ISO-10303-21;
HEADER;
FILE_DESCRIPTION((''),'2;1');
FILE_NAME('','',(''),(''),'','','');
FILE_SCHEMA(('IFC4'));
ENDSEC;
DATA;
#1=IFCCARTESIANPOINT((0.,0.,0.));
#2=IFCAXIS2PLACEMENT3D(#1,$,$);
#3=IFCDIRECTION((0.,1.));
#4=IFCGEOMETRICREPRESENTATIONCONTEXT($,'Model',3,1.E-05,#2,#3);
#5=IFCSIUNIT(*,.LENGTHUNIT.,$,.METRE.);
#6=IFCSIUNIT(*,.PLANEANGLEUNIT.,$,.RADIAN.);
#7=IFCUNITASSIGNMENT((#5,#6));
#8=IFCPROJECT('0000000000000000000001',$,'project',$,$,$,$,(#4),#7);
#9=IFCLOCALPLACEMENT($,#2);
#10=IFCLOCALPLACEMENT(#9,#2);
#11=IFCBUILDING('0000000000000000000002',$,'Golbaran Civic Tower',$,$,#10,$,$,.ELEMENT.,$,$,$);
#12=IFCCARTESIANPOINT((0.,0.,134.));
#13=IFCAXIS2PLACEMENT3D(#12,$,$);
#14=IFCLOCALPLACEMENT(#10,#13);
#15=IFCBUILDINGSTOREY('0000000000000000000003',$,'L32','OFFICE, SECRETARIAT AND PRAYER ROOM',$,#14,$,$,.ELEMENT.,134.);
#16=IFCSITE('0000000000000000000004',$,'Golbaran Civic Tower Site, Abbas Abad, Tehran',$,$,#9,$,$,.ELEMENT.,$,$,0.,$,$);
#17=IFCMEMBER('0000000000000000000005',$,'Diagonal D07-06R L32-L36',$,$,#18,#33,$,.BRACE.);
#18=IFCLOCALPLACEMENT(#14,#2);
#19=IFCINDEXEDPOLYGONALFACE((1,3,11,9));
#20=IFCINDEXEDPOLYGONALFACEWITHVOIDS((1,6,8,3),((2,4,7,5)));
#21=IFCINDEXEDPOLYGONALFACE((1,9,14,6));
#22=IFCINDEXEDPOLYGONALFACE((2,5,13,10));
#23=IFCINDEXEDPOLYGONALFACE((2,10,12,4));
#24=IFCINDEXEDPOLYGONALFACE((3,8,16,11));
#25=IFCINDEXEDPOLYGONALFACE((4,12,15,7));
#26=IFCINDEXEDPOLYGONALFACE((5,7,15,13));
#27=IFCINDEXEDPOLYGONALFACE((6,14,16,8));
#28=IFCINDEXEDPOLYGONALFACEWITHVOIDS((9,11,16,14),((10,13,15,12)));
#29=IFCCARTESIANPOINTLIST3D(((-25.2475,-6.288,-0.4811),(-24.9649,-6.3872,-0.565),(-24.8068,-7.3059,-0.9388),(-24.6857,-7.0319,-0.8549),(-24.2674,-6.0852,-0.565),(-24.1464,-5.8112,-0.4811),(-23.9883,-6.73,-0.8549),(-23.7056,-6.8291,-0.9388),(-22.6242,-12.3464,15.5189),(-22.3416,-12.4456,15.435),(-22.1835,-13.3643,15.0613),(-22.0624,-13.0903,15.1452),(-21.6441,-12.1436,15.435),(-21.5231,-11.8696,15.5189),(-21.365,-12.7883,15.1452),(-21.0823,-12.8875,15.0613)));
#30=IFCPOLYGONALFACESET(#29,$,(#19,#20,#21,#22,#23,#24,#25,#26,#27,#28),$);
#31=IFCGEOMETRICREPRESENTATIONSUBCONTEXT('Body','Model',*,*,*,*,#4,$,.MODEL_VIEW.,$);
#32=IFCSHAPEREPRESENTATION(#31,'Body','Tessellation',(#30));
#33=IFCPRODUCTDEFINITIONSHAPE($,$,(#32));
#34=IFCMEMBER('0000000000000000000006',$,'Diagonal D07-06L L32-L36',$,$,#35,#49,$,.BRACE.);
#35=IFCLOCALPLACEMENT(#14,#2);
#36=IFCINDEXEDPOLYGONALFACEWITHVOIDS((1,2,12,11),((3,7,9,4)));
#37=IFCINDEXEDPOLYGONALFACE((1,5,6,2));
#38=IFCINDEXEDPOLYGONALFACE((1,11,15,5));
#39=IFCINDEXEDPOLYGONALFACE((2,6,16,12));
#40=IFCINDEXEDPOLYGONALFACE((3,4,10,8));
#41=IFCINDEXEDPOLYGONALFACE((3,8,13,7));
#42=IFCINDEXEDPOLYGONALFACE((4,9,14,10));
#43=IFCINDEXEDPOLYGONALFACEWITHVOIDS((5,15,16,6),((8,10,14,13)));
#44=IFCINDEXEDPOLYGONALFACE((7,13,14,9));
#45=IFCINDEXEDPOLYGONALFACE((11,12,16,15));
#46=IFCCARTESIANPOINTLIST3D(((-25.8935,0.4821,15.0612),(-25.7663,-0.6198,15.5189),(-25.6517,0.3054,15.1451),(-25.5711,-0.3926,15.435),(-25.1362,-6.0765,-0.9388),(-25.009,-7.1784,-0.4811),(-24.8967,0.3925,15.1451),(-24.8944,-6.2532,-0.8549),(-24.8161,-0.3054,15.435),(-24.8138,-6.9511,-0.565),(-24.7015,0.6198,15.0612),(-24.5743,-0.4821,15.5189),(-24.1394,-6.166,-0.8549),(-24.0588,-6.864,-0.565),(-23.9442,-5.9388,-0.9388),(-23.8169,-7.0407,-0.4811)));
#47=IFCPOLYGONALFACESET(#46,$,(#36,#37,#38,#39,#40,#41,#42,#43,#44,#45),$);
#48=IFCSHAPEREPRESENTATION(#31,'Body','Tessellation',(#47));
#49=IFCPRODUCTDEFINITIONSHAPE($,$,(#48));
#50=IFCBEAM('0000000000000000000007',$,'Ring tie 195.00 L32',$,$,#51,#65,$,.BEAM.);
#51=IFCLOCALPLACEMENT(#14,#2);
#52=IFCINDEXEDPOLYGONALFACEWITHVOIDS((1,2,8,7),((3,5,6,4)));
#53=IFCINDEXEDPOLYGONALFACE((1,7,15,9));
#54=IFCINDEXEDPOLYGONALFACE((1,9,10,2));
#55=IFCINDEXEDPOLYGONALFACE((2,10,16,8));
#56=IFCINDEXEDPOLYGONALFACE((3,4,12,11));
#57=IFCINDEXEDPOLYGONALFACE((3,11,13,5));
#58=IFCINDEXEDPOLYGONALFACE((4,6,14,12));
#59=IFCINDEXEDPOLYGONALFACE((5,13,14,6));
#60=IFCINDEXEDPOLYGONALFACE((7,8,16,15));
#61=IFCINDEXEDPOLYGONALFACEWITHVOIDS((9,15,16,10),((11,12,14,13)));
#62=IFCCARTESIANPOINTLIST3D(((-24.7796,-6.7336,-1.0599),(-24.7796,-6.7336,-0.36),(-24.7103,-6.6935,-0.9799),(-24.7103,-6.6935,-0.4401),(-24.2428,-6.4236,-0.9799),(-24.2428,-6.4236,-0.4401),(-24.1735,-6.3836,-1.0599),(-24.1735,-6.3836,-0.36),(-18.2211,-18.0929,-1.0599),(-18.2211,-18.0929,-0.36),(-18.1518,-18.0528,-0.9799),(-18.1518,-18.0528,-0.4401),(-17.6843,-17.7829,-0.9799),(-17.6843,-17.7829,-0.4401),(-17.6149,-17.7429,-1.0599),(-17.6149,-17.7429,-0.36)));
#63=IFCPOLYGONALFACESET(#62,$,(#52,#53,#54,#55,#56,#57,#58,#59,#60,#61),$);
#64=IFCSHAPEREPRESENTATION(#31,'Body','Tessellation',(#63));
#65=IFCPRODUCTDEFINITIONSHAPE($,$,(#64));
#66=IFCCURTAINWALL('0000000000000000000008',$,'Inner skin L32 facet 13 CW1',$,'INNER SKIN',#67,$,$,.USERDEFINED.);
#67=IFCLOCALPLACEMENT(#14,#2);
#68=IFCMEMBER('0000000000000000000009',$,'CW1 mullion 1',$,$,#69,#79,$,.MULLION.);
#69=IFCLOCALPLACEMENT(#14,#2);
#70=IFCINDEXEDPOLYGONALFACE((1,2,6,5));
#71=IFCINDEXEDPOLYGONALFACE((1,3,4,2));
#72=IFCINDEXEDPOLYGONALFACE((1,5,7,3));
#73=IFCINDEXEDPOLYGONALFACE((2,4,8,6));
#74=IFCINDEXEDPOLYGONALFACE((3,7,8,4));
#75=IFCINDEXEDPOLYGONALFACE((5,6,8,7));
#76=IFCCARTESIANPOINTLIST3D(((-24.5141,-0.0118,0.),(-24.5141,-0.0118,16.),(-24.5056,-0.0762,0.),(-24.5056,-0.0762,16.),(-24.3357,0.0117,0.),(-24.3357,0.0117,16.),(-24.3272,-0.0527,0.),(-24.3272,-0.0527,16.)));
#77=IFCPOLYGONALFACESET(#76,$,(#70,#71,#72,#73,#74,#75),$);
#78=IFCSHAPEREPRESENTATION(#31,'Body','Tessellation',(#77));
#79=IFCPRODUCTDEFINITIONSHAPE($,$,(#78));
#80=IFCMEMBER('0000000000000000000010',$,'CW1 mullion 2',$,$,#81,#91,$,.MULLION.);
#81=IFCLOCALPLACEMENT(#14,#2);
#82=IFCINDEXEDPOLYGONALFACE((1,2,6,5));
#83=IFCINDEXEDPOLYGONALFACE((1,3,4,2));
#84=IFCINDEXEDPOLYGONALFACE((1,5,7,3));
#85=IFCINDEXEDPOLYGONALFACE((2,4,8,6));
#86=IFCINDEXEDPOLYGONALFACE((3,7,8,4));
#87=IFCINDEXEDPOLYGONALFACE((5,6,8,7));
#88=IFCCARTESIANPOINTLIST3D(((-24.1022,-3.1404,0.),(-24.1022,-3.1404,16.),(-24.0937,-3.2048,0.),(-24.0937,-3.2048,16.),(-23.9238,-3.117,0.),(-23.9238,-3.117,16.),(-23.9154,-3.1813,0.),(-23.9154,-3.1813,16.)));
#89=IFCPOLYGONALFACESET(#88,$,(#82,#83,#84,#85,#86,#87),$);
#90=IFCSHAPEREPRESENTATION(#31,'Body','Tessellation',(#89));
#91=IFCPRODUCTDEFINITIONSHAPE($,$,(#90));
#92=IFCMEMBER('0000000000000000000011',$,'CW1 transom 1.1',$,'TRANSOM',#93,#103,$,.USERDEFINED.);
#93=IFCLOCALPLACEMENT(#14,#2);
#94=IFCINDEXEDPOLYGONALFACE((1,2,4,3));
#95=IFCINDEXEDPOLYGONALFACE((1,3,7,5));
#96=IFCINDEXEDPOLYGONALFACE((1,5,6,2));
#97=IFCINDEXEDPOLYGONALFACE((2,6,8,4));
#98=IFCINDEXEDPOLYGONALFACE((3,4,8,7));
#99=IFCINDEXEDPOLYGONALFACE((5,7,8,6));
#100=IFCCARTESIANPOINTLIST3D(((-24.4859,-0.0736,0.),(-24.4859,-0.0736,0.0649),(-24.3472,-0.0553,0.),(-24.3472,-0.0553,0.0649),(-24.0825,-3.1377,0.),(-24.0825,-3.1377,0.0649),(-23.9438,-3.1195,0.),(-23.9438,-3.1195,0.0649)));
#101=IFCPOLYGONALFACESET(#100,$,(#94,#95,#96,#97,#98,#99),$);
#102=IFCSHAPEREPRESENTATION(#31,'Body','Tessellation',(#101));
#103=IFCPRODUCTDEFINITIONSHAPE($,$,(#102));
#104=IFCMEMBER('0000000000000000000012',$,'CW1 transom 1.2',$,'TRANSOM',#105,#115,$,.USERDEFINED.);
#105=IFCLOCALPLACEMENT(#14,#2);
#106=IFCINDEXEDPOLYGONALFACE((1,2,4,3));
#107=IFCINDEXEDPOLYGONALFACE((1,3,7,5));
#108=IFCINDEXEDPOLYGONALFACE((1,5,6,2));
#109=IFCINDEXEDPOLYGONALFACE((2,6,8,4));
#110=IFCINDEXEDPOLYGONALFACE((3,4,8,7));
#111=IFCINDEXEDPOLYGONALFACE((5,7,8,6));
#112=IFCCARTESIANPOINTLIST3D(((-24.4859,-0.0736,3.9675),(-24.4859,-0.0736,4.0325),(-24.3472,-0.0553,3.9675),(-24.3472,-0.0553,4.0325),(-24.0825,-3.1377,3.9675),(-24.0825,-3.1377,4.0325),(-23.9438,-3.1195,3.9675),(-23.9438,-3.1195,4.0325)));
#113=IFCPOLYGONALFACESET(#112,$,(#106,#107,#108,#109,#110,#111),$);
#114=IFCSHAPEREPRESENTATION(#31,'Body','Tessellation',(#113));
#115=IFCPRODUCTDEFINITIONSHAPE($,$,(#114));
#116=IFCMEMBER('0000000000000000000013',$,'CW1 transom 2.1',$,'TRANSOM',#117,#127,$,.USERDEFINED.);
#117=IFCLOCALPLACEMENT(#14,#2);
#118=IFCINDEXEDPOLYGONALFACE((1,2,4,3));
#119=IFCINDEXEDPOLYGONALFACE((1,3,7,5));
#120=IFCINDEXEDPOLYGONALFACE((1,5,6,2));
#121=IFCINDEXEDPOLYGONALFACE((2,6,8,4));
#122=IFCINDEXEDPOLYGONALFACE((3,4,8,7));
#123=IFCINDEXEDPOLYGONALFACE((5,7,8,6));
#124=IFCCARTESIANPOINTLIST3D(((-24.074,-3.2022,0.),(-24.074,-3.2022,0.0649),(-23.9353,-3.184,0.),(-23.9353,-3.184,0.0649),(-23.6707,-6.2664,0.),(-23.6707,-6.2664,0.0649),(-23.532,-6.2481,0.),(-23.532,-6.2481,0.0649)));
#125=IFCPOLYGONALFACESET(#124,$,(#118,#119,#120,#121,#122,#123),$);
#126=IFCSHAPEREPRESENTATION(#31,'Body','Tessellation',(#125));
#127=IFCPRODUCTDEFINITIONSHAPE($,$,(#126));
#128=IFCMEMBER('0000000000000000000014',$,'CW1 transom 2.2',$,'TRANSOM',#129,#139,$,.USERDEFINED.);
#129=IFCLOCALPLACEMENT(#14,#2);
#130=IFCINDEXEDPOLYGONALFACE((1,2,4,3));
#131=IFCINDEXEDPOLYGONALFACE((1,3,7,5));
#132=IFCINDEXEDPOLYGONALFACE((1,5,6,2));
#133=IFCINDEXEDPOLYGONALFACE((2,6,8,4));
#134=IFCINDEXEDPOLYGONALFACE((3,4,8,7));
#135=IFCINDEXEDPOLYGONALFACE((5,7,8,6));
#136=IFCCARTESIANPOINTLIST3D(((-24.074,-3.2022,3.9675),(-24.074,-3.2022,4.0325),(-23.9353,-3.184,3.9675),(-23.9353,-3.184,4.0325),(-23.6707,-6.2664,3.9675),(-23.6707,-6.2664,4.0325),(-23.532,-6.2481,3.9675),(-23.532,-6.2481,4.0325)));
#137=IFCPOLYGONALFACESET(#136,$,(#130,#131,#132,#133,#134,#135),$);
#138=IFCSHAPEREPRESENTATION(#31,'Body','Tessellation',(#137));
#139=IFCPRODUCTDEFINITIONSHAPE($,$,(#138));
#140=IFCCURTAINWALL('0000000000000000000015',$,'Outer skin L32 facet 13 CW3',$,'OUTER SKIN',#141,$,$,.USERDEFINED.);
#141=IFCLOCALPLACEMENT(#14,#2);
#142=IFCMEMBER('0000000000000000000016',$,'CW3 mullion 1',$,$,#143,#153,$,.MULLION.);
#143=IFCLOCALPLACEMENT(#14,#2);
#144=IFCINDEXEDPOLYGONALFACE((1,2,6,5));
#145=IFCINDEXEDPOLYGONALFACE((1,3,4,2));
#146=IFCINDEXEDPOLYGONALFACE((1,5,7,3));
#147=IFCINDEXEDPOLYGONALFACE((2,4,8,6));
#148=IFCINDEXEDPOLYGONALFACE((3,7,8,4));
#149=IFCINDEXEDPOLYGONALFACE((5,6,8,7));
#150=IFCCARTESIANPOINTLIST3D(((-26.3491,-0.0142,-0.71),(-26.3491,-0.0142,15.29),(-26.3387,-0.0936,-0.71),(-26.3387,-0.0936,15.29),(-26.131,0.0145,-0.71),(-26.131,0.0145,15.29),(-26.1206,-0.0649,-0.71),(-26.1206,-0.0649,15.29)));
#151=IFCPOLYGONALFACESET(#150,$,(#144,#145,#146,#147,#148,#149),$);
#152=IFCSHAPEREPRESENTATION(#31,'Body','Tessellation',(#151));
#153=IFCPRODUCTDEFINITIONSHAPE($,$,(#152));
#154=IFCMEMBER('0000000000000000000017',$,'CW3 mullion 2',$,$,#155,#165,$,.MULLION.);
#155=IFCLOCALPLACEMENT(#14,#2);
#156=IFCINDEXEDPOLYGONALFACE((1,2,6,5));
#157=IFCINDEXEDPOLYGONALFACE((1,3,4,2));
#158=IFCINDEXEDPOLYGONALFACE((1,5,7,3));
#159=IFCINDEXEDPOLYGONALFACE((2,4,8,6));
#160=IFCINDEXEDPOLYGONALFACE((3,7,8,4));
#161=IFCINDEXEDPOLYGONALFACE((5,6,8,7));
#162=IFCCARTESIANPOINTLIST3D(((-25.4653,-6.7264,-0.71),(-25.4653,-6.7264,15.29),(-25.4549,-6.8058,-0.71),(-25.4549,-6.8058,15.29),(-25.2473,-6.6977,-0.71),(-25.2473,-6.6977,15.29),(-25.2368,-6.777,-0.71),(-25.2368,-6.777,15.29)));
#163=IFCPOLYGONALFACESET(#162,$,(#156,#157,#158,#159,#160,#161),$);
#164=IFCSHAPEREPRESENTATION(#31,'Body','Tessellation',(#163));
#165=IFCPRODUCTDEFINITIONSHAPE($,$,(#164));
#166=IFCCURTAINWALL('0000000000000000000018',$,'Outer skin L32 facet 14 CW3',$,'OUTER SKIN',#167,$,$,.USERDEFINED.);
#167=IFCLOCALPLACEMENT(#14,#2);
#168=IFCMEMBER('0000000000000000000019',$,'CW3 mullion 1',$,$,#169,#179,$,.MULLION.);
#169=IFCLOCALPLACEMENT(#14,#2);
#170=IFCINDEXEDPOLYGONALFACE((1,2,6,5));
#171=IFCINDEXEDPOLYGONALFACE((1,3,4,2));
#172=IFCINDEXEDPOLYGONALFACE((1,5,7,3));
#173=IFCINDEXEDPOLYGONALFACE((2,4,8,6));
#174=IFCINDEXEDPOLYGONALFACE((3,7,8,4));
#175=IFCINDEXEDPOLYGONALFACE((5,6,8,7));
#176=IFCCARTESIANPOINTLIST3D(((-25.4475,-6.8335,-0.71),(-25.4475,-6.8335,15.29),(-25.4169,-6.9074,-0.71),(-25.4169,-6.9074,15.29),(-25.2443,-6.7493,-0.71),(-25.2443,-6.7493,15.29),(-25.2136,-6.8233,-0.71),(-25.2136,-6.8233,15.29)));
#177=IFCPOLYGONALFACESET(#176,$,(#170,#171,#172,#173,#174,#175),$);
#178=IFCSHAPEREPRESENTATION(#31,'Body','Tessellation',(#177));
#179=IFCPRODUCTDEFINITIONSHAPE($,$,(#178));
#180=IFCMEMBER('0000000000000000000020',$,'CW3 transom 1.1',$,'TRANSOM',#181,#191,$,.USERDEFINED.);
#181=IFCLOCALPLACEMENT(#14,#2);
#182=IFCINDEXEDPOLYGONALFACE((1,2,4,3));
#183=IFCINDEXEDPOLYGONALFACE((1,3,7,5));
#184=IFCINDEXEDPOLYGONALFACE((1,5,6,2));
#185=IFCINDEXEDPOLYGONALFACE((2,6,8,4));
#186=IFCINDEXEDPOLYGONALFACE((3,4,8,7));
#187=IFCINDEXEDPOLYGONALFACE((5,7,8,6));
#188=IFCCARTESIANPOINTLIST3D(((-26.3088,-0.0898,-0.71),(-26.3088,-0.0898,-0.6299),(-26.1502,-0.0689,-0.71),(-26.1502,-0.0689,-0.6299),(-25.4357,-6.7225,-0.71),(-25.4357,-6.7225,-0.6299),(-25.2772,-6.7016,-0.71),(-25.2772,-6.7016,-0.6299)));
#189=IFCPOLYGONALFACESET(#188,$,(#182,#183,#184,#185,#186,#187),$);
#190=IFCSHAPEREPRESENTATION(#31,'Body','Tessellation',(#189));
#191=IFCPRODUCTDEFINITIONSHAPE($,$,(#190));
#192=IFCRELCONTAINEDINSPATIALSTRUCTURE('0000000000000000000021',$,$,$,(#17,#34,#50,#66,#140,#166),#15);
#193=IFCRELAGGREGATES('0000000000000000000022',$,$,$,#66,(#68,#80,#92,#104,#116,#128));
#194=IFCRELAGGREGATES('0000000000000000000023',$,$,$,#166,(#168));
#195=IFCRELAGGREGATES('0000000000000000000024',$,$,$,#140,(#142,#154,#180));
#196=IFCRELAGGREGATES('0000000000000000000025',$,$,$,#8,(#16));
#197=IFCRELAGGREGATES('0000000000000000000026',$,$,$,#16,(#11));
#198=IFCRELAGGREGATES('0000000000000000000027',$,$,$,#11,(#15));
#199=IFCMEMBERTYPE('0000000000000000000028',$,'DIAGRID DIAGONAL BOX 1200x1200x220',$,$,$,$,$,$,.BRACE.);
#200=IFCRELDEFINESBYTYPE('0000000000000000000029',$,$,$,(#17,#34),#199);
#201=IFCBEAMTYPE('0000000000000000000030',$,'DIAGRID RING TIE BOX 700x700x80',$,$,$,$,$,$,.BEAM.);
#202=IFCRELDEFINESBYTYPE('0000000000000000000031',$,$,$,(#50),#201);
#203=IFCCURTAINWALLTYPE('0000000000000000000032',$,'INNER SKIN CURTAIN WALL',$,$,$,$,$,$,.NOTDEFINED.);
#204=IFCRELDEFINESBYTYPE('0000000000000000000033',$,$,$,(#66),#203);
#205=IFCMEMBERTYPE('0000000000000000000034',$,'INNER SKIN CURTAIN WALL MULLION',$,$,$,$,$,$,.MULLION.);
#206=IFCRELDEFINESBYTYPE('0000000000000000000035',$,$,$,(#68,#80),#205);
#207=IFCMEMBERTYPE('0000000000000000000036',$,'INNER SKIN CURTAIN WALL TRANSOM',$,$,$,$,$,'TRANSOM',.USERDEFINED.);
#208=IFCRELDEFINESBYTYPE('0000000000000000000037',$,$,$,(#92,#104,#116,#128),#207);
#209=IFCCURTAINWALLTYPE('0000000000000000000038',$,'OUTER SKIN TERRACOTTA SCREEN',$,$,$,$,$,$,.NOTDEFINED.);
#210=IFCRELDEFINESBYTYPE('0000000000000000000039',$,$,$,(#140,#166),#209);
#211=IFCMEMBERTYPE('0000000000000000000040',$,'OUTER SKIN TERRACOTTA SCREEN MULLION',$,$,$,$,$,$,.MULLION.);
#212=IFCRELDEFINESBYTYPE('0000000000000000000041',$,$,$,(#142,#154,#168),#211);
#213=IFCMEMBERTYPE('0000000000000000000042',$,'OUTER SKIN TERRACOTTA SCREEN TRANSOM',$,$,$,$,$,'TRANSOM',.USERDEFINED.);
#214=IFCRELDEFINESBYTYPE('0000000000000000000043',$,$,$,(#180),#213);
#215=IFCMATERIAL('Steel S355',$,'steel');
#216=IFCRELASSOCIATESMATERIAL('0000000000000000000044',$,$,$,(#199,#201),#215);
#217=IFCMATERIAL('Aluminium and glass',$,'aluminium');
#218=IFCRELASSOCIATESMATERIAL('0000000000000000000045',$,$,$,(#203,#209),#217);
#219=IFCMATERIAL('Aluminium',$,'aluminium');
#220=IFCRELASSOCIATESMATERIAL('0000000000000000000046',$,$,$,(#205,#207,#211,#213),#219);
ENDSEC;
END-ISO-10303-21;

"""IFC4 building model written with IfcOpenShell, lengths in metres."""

from ifc_helpers import new_model, si_unit, direction, frame, origin, origin_2d, place, context, subcontext, project, spatial, rectangle, hollow_rectangle, extrude, material, material_profile, profile_set, type_object, element, aggregate, save


model = new_model("IFC4")

# Units and contexts
model_context = context("Model", 3, precision=1e-05, world=origin(), true_north=direction((0.0, 1.0)))
body_context = subcontext(model_context, "Body", "Model", "MODEL_VIEW")
ifc_project = project(units=[si_unit("LENGTHUNIT", "METRE"), si_unit("PLANEANGLEUNIT", "RADIAN")], contexts=[model_context])

# Site, building, storey
site_placement = place(None, origin())
site = spatial("IfcSite", under=ifc_project, at=site_placement, Name="Golbaran Civic Tower Site, Abbas Abad, Tehran", CompositionType="ELEMENT", RefElevation=0.0)
building_placement = place(site_placement, origin())
building = spatial("IfcBuilding", under=site, at=building_placement, Name="Golbaran Civic Tower", CompositionType="ELEMENT")
storey_placement = place(building_placement, frame((0.0, 0.0, 134.0)))
storey = spatial("IfcBuildingStorey", under=building, at=storey_placement, Name="L32", Description="OFFICE, SECRETARIAT AND PRAYER ROOM", CompositionType="ELEMENT", Elevation=134.0)

# Members
ifc_material_1 = material(Name="Steel S355", Category="steel")
ifc_material_profile_1 = material_profile(ifc_material_1, hollow_rectangle(XDim=1.2, YDim=1.2, WallThickness=0.22, at=origin_2d()), Name="BOX 1200x1200x220")
ifc_profile_set_1 = profile_set([ifc_material_profile_1], Name="Steel S355")
member_type_1 = type_object("IfcMemberType", Name="DIAGRID DIAGONAL BOX 1200x1200x220", PredefinedType="BRACE", material=ifc_profile_set_1)
for number, where, z_axis, x_axis, name in (
    (1, (-24.4766, -6.5586, -0.71), (0.151561, -0.350021, 0.9244), (0.917666, 0.397353, 0.0), "Diagonal D07-06R L32-L36"),
    (2, (-24.4766, -6.5586, -0.71), (-0.043754, 0.37892, 0.924394), (-0.993399, -0.114708, 0.0), "Diagonal D07-06L L32-L36"),
):
    element("IfcMember", number, at=place(storey_placement, frame(where, z_axis=z_axis, x_axis=x_axis)), inside=storey, type_object=member_type_1, Name=name, PredefinedType="BRACE", context=body_context, shape_type="SweptSolid", body=[
        extrude(hollow_rectangle(XDim=1.2, YDim=1.2, WallThickness=0.22, at=origin_2d()), origin(), (0.0, 0.0, 1.0), 17.3086),
    ])

# Beam
ifc_material_profile_2 = material_profile(ifc_material_1, hollow_rectangle(XDim=0.7, YDim=0.7, WallThickness=0.0801, at=origin_2d()), Name="BOX 700x700x80")
ifc_profile_set_2 = profile_set([ifc_material_profile_2], Name="Steel S355")
beam_type = type_object("IfcBeamType", Name="DIAGRID RING TIE BOX 700x700x80", PredefinedType="BEAM", material=ifc_profile_set_2)
beam_placement = place(storey_placement, frame((-24.4766, -6.5586, -0.71), z_axis=(0.500015, -0.866017, 0.0), x_axis=(0.866017, 0.500015, 0.0)))
element("IfcBeam", 3, at=beam_placement, inside=storey, type_object=beam_type, Name="Ring tie 195.00 L32", PredefinedType="BEAM", context=body_context, shape_type="SweptSolid", body=[
    extrude(hollow_rectangle(XDim=0.7, YDim=0.7, WallThickness=0.0801, at=origin_2d()), origin(), (0.0, 0.0, 1.0), 13.1167),
])

# Curtain walls, members
ifc_material_2 = material(Name="Aluminium and glass", Category="aluminium")
curtain_wall_type_1 = type_object("IfcCurtainWallType", Name="INNER SKIN CURTAIN WALL", PredefinedType="NOTDEFINED", material=ifc_material_2)
curtain_wall_1_placement = place(storey_placement, origin())
curtain_wall_1 = element("IfcCurtainWall", 4, at=curtain_wall_1_placement, inside=storey, type_object=curtain_wall_type_1, Name="Inner skin L32 facet 13 CW1", ObjectType="INNER SKIN", PredefinedType="USERDEFINED")
ifc_material_3 = material(Name="Aluminium", Category="aluminium")
ifc_material_profile_3 = material_profile(ifc_material_3, rectangle(XDim=0.1799, YDim=0.0649, at=origin_2d()), Name="INNER SKIN CURTAIN WALL MULLION")
ifc_profile_set_3 = profile_set([ifc_material_profile_3], Name="Aluminium")
member_type_2 = type_object("IfcMemberType", Name="INNER SKIN CURTAIN WALL MULLION", PredefinedType="MULLION", material=ifc_profile_set_3)
member_1_placement = place(storey_placement, frame((-24.4207, -0.0322, 0.0), z_axis=(0.0, 0.0, 1.0), x_axis=(0.991445, 0.130526, 0.0)))
member_1 = element("IfcMember", 5, at=member_1_placement, type_object=member_type_2, Name="CW1 mullion 1", PredefinedType="MULLION", context=body_context, shape_type="SweptSolid", body=[
    extrude(rectangle(XDim=0.1799, YDim=0.0649, at=origin_2d()), origin(), (0.0, 0.0, 1.0), 16.0),
])
member_2_placement = place(storey_placement, frame((-24.0088, -3.1609, 0.0), z_axis=(0.0, 0.0, 1.0), x_axis=(0.991445, 0.130526, 0.0)))
member_2 = element("IfcMember", 6, at=member_2_placement, type_object=member_type_2, Name="CW1 mullion 2", PredefinedType="MULLION", context=body_context, shape_type="SweptSolid", body=[
    extrude(rectangle(XDim=0.1799, YDim=0.0649, at=origin_2d()), origin(), (0.0, 0.0, 1.0), 16.0),
])
ifc_material_profile_4 = material_profile(ifc_material_3, rectangle(XDim=0.1399, YDim=0.0649, at=origin_2d()), Name="INNER SKIN CURTAIN WALL TRANSOM")
ifc_profile_set_4 = profile_set([ifc_material_profile_4], Name="Aluminium")
member_type_3 = type_object("IfcMemberType", Name="INNER SKIN CURTAIN WALL TRANSOM", ElementType="TRANSOM", PredefinedType="USERDEFINED", material=ifc_profile_set_4)
member_3_placement = place(storey_placement, frame((-24.4165, -0.0645, 0.0325), z_axis=(0.130497, -0.991449, 0.0), x_axis=(0.991449, 0.130497, 0.0)))
member_3 = element("IfcMember", 7, at=member_3_placement, type_object=member_type_3, Name="CW1 transom 1.1", ObjectType="TRANSOM", PredefinedType="USERDEFINED", context=body_context, shape_type="SweptSolid", body=[
    extrude(rectangle(XDim=0.1399, YDim=0.0649, at=origin_2d()), origin(), (0.0, 0.0, 1.0), 3.0906),
])
member_4_placement = place(storey_placement, frame((-24.4165, -0.0645, 4.0), z_axis=(0.130497, -0.991449, 0.0), x_axis=(0.991449, 0.130497, 0.0)))
member_4 = element("IfcMember", 8, at=member_4_placement, type_object=member_type_3, Name="CW1 transom 1.2", ObjectType="TRANSOM", PredefinedType="USERDEFINED", context=body_context, shape_type="SweptSolid", body=[
    extrude(rectangle(XDim=0.1399, YDim=0.0649, at=origin_2d()), origin(), (0.0, 0.0, 1.0), 3.0906),
])
member_5_placement = place(storey_placement, frame((-24.0046, -3.1931, 0.0325), z_axis=(0.130497, -0.991449, 0.0), x_axis=(0.991449, 0.130497, 0.0)))
member_5 = element("IfcMember", 9, at=member_5_placement, type_object=member_type_3, Name="CW1 transom 2.1", ObjectType="TRANSOM", PredefinedType="USERDEFINED", context=body_context, shape_type="SweptSolid", body=[
    extrude(rectangle(XDim=0.1399, YDim=0.0649, at=origin_2d()), origin(), (0.0, 0.0, 1.0), 3.0906),
])
member_6_placement = place(storey_placement, frame((-24.0046, -3.1931, 4.0), z_axis=(0.130497, -0.991449, 0.0), x_axis=(0.991449, 0.130497, 0.0)))
member_6 = element("IfcMember", 10, at=member_6_placement, type_object=member_type_3, Name="CW1 transom 2.2", ObjectType="TRANSOM", PredefinedType="USERDEFINED", context=body_context, shape_type="SweptSolid", body=[
    extrude(rectangle(XDim=0.1399, YDim=0.0649, at=origin_2d()), origin(), (0.0, 0.0, 1.0), 3.0906),
])
curtain_wall_type_2 = type_object("IfcCurtainWallType", Name="OUTER SKIN TERRACOTTA SCREEN", PredefinedType="NOTDEFINED", material=ifc_material_2)
curtain_wall_2_placement = place(storey_placement, origin())
curtain_wall_2 = element("IfcCurtainWall", 11, at=curtain_wall_2_placement, inside=storey, type_object=curtain_wall_type_2, Name="Outer skin L32 facet 13 CW3", ObjectType="OUTER SKIN", PredefinedType="USERDEFINED")
ifc_material_profile_5 = material_profile(ifc_material_3, rectangle(XDim=0.22, YDim=0.0801, at=origin_2d()), Name="OUTER SKIN TERRACOTTA SCREEN MULLION")
ifc_profile_set_5 = profile_set([ifc_material_profile_5], Name="Aluminium")
member_type_4 = type_object("IfcMemberType", Name="OUTER SKIN TERRACOTTA SCREEN MULLION", PredefinedType="MULLION", material=ifc_profile_set_5)
member_7_placement = place(storey_placement, frame((-26.2349, -0.0396, -0.71), z_axis=(0.0, 0.0, 1.0), x_axis=(0.991445, 0.130526, 0.0)))
member_7 = element("IfcMember", 12, at=member_7_placement, type_object=member_type_4, Name="CW3 mullion 1", PredefinedType="MULLION", context=body_context, shape_type="SweptSolid", body=[
    extrude(rectangle(XDim=0.22, YDim=0.0801, at=origin_2d()), origin(), (0.0, 0.0, 1.0), 16.0),
])
member_8_placement = place(storey_placement, frame((-25.3511, -6.7517, -0.71), z_axis=(0.0, 0.0, 1.0), x_axis=(0.991445, 0.130526, 0.0)))
member_8 = element("IfcMember", 13, at=member_8_placement, type_object=member_type_4, Name="CW3 mullion 2", PredefinedType="MULLION", context=body_context, shape_type="SweptSolid", body=[
    extrude(rectangle(XDim=0.22, YDim=0.0801, at=origin_2d()), origin(), (0.0, 0.0, 1.0), 16.0),
])

# Curtain wall, member
curtain_wall_3_placement = place(storey_placement, origin())
curtain_wall_3 = element("IfcCurtainWall", 14, at=curtain_wall_3_placement, inside=storey, type_object=curtain_wall_type_2, Name="Outer skin L32 facet 14 CW3", ObjectType="OUTER SKIN", PredefinedType="USERDEFINED")
member_9_placement = place(storey_placement, frame((-25.3306, -6.8284, -0.71), z_axis=(0.0, 0.0, 1.0), x_axis=(0.92388, 0.382683, 0.0)))
member_9 = element("IfcMember", 15, at=member_9_placement, type_object=member_type_4, Name="CW3 mullion 1", PredefinedType="MULLION", context=body_context, shape_type="SweptSolid", body=[
    extrude(rectangle(XDim=0.22, YDim=0.0801, at=origin_2d()), origin(), (0.0, 0.0, 1.0), 16.0),
])

# Member
ifc_material_profile_6 = material_profile(ifc_material_3, rectangle(XDim=0.1599, YDim=0.0801, at=origin_2d()), Name="OUTER SKIN TERRACOTTA SCREEN TRANSOM")
ifc_profile_set_6 = profile_set([ifc_material_profile_6], Name="Aluminium")
member_type_5 = type_object("IfcMemberType", Name="OUTER SKIN TERRACOTTA SCREEN TRANSOM", ElementType="TRANSOM", PredefinedType="USERDEFINED", material=ifc_profile_set_6)
member_10_placement = place(storey_placement, frame((-26.2295, -0.0793, -0.6699), z_axis=(0.1305, -0.991448, 0.0), x_axis=(0.991448, 0.1305, 0.0)))
member_10 = element("IfcMember", 16, at=member_10_placement, type_object=member_type_5, Name="CW3 transom 1.1", ObjectType="TRANSOM", PredefinedType="USERDEFINED", context=body_context, shape_type="SweptSolid", body=[
    extrude(rectangle(XDim=0.1599, YDim=0.0801, at=origin_2d()), origin(), (0.0, 0.0, 1.0), 6.6899),
])

aggregate(curtain_wall_1, [member_1, member_2, member_3, member_4, member_5, member_6])
aggregate(curtain_wall_3, [member_9])
aggregate(curtain_wall_2, [member_7, member_8, member_10])

save(model, "model.ifc")
